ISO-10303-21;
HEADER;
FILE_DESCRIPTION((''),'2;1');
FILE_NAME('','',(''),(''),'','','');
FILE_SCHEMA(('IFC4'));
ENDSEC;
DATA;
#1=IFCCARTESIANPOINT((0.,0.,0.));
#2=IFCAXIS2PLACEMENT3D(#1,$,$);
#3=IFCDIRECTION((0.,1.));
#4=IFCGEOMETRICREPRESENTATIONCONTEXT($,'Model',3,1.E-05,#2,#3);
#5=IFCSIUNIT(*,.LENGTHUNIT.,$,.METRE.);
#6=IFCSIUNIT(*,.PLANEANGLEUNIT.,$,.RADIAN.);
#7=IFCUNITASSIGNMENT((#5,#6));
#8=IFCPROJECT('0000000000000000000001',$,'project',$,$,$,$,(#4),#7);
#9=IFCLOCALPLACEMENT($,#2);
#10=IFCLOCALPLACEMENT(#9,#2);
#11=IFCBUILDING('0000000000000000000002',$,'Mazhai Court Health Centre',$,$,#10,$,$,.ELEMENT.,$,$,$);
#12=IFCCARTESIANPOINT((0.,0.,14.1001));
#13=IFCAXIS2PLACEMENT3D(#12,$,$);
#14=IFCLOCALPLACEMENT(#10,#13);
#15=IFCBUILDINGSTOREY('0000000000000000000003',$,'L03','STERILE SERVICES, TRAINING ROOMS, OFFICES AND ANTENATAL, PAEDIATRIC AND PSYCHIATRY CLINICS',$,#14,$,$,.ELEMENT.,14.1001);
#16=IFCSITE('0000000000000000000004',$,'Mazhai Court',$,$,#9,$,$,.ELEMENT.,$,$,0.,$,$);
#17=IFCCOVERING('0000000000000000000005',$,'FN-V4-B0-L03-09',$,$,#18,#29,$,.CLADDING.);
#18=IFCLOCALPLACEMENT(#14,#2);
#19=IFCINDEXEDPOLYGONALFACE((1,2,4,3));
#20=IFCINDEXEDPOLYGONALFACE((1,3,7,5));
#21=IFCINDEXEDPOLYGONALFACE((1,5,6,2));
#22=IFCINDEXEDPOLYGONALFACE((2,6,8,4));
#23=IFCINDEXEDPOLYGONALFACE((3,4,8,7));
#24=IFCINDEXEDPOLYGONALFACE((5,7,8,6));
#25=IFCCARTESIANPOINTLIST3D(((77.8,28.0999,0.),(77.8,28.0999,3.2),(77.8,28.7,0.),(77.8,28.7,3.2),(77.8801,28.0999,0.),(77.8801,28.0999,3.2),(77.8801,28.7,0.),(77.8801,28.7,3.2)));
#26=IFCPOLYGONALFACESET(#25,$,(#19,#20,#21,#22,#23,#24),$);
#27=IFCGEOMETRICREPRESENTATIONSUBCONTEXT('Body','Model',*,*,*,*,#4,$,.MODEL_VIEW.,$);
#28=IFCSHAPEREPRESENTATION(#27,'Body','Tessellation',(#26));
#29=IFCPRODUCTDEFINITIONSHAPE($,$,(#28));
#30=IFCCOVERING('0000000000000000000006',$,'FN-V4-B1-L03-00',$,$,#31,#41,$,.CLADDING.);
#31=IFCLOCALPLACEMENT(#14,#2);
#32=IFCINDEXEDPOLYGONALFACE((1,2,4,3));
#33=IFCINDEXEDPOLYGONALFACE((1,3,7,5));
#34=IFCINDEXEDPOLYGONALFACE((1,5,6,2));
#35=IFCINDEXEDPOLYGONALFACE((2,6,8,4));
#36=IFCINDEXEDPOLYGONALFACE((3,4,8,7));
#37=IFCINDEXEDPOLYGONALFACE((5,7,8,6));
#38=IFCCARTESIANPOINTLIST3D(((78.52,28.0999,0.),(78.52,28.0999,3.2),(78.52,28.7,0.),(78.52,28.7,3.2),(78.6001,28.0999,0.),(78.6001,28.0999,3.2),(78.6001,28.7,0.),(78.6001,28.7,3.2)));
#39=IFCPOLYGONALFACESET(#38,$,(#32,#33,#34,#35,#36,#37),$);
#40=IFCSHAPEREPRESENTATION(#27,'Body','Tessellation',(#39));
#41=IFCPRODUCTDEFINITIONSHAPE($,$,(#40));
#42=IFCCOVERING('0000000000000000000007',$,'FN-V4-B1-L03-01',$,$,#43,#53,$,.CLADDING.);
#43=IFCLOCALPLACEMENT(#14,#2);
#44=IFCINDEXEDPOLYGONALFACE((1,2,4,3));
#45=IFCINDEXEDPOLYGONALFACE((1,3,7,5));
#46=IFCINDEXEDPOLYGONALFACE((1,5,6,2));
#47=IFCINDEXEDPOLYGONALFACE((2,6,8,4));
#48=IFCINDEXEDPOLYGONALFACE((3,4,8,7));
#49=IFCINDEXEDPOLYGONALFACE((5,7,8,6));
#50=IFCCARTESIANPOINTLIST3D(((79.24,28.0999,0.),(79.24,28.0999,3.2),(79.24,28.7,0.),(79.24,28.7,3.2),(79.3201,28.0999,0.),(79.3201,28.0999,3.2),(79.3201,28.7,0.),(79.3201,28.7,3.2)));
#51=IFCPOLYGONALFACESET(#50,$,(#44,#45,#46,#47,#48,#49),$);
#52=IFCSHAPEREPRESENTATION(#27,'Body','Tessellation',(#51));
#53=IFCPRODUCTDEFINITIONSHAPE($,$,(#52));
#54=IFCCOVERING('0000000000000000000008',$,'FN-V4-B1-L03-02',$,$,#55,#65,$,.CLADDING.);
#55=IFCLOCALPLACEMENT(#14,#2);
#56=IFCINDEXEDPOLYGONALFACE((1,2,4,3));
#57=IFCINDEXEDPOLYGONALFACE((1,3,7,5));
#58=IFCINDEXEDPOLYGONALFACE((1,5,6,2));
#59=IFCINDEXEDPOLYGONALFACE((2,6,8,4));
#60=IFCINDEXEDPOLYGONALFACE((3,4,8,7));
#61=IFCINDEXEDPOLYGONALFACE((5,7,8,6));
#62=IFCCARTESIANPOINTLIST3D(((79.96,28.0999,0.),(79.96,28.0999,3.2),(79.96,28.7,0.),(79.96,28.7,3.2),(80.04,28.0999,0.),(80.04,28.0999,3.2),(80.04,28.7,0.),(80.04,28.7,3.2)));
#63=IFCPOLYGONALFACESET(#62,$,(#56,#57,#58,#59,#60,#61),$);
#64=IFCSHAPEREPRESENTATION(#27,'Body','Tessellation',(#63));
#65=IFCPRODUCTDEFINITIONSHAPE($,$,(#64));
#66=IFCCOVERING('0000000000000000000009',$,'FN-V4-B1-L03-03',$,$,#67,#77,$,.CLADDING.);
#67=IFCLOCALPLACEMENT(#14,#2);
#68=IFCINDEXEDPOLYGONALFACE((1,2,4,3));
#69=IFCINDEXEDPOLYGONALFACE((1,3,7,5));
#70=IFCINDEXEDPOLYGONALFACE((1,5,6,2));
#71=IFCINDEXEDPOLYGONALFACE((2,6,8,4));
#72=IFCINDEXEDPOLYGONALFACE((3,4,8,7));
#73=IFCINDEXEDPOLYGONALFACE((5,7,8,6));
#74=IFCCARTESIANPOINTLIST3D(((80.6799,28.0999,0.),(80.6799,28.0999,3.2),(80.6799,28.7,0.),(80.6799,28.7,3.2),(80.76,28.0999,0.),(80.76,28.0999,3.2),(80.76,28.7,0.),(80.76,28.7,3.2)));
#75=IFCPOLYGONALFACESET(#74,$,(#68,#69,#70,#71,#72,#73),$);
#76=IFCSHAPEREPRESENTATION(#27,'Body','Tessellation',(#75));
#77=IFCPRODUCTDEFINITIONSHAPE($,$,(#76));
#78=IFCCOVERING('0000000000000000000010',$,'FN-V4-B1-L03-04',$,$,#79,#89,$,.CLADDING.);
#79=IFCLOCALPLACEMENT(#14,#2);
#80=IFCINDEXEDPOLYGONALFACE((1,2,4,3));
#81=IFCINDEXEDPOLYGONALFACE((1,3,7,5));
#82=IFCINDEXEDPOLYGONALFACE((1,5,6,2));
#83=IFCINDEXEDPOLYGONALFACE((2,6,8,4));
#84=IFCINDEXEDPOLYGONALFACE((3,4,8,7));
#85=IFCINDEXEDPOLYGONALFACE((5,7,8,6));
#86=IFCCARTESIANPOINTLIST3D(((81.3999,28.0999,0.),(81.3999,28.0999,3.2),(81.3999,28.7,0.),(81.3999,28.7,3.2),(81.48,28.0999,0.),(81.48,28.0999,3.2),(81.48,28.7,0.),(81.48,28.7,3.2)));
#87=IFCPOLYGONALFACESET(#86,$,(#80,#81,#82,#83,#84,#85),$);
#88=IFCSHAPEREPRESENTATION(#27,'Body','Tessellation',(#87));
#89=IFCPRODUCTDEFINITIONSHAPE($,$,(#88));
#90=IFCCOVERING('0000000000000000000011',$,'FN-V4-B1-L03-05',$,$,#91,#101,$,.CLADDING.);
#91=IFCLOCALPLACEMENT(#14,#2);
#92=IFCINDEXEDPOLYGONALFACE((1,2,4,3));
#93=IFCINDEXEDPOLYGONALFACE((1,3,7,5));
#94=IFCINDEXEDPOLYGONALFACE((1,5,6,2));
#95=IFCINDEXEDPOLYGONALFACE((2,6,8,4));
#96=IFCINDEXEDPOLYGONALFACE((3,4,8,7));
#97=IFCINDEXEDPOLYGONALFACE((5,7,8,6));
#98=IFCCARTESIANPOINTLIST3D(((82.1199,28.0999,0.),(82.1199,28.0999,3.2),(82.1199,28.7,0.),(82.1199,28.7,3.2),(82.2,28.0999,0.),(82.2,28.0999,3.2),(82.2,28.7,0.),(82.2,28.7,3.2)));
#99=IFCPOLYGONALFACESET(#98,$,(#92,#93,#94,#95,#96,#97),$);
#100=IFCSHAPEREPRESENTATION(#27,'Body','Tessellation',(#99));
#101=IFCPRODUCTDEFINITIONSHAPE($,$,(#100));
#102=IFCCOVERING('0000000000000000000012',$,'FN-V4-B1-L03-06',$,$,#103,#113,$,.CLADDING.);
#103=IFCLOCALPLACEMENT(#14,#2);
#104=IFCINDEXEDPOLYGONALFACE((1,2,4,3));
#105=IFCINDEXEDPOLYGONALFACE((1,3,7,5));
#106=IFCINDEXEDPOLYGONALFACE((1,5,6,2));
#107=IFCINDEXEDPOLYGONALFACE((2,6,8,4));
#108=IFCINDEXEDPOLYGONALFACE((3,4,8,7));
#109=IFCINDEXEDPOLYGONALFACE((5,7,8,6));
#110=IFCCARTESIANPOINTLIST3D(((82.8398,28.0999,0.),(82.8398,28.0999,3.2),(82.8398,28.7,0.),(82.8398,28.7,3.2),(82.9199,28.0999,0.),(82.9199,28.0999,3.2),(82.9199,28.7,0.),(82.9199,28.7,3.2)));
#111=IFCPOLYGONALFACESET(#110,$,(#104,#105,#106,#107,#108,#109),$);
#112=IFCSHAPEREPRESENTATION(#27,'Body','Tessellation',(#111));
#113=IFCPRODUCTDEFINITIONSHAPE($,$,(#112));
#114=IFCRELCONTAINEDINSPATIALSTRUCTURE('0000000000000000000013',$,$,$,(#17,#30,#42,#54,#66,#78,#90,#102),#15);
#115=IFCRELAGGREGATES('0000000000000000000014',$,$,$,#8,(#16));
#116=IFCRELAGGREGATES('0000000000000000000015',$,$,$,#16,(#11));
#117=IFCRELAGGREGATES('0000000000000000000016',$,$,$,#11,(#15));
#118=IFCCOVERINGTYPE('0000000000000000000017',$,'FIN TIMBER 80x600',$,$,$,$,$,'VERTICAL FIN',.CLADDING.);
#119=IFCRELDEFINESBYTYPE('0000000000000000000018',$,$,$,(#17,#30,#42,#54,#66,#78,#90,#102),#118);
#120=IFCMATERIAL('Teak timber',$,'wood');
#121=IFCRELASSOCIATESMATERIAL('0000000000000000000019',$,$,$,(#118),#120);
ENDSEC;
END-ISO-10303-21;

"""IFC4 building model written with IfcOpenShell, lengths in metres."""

from ifc_helpers import new_model, si_unit, direction, frame, origin, origin_2d, place, context, subcontext, project, spatial, rectangle, extrude, material, type_object, element, save


model = new_model("IFC4")

# Units and contexts
model_context = context("Model", 3, precision=1e-05, world=origin(), true_north=direction((0.0, 1.0)))
body_context = subcontext(model_context, "Body", "Model", "MODEL_VIEW")
ifc_project = project(units=[si_unit("LENGTHUNIT", "METRE"), si_unit("PLANEANGLEUNIT", "RADIAN")], contexts=[model_context])

# Site, building, storey
site_placement = place(None, origin())
site = spatial("IfcSite", under=ifc_project, at=site_placement, Name="Mazhai Court", CompositionType="ELEMENT", RefElevation=0.0)
building_placement = place(site_placement, origin())
building = spatial("IfcBuilding", under=site, at=building_placement, Name="Mazhai Court Health Centre", CompositionType="ELEMENT")
storey_placement = place(building_placement, frame((0.0, 0.0, 14.1001)))
storey = spatial("IfcBuildingStorey", under=building, at=storey_placement, Name="L03", Description="STERILE SERVICES, TRAINING ROOMS, OFFICES AND ANTENATAL, PAEDIATRIC AND PSYCHIATRY CLINICS", CompositionType="ELEMENT", Elevation=14.1001)

# Coverings
ifc_material_1 = material(Name="Teak timber", Category="wood")
covering_type_1 = type_object("IfcCoveringType", Name="FIN TIMBER 80x600", ElementType="VERTICAL FIN", PredefinedType="CLADDING", material=ifc_material_1)
for number, where, z_axis, x_axis, name in (
    (1, (77.8401, 28.3999, 0.0), (0.0, 0.0, 1.0), (1.0, 0.0, 0.0), "FN-V4-B0-L03-09"),
    (2, (78.5601, 28.3999, 0.0), (0.0, 0.0, 1.0), (1.0, 0.0, 0.0), "FN-V4-B1-L03-00"),
    (3, (79.28, 28.3999, 0.0), (0.0, 0.0, 1.0), (1.0, 0.0, 0.0), "FN-V4-B1-L03-01"),
    (4, (80.0, 28.3999, 0.0), (0.0, 0.0, 1.0), (1.0, 0.0, 0.0), "FN-V4-B1-L03-02"),
    (5, (80.72, 28.3999, 0.0), (0.0, 0.0, 1.0), (1.0, 0.0, 0.0), "FN-V4-B1-L03-03"),
    (6, (81.4399, 28.3999, 0.0), (0.0, 0.0, 1.0), (1.0, 0.0, 0.0), "FN-V4-B1-L03-04"),
    (7, (82.1599, 28.3999, 0.0), (0.0, 0.0, 1.0), (1.0, 0.0, 0.0), "FN-V4-B1-L03-05"),
    (8, (82.8799, 28.3999, 0.0), (0.0, 0.0, 1.0), (1.0, 0.0, 0.0), "FN-V4-B1-L03-06"),
):
    element("IfcCovering", number, at=place(storey_placement, frame(where, z_axis=z_axis, x_axis=x_axis)), inside=storey, type_object=covering_type_1, Name=name, PredefinedType="CLADDING", context=body_context, shape_type="SweptSolid", body=[
        extrude(rectangle(XDim=0.0801, YDim=0.6001, at=origin_2d()), origin(), (0.0, 0.0, 1.0), 3.2),
    ])

save(model, "model.ifc")
